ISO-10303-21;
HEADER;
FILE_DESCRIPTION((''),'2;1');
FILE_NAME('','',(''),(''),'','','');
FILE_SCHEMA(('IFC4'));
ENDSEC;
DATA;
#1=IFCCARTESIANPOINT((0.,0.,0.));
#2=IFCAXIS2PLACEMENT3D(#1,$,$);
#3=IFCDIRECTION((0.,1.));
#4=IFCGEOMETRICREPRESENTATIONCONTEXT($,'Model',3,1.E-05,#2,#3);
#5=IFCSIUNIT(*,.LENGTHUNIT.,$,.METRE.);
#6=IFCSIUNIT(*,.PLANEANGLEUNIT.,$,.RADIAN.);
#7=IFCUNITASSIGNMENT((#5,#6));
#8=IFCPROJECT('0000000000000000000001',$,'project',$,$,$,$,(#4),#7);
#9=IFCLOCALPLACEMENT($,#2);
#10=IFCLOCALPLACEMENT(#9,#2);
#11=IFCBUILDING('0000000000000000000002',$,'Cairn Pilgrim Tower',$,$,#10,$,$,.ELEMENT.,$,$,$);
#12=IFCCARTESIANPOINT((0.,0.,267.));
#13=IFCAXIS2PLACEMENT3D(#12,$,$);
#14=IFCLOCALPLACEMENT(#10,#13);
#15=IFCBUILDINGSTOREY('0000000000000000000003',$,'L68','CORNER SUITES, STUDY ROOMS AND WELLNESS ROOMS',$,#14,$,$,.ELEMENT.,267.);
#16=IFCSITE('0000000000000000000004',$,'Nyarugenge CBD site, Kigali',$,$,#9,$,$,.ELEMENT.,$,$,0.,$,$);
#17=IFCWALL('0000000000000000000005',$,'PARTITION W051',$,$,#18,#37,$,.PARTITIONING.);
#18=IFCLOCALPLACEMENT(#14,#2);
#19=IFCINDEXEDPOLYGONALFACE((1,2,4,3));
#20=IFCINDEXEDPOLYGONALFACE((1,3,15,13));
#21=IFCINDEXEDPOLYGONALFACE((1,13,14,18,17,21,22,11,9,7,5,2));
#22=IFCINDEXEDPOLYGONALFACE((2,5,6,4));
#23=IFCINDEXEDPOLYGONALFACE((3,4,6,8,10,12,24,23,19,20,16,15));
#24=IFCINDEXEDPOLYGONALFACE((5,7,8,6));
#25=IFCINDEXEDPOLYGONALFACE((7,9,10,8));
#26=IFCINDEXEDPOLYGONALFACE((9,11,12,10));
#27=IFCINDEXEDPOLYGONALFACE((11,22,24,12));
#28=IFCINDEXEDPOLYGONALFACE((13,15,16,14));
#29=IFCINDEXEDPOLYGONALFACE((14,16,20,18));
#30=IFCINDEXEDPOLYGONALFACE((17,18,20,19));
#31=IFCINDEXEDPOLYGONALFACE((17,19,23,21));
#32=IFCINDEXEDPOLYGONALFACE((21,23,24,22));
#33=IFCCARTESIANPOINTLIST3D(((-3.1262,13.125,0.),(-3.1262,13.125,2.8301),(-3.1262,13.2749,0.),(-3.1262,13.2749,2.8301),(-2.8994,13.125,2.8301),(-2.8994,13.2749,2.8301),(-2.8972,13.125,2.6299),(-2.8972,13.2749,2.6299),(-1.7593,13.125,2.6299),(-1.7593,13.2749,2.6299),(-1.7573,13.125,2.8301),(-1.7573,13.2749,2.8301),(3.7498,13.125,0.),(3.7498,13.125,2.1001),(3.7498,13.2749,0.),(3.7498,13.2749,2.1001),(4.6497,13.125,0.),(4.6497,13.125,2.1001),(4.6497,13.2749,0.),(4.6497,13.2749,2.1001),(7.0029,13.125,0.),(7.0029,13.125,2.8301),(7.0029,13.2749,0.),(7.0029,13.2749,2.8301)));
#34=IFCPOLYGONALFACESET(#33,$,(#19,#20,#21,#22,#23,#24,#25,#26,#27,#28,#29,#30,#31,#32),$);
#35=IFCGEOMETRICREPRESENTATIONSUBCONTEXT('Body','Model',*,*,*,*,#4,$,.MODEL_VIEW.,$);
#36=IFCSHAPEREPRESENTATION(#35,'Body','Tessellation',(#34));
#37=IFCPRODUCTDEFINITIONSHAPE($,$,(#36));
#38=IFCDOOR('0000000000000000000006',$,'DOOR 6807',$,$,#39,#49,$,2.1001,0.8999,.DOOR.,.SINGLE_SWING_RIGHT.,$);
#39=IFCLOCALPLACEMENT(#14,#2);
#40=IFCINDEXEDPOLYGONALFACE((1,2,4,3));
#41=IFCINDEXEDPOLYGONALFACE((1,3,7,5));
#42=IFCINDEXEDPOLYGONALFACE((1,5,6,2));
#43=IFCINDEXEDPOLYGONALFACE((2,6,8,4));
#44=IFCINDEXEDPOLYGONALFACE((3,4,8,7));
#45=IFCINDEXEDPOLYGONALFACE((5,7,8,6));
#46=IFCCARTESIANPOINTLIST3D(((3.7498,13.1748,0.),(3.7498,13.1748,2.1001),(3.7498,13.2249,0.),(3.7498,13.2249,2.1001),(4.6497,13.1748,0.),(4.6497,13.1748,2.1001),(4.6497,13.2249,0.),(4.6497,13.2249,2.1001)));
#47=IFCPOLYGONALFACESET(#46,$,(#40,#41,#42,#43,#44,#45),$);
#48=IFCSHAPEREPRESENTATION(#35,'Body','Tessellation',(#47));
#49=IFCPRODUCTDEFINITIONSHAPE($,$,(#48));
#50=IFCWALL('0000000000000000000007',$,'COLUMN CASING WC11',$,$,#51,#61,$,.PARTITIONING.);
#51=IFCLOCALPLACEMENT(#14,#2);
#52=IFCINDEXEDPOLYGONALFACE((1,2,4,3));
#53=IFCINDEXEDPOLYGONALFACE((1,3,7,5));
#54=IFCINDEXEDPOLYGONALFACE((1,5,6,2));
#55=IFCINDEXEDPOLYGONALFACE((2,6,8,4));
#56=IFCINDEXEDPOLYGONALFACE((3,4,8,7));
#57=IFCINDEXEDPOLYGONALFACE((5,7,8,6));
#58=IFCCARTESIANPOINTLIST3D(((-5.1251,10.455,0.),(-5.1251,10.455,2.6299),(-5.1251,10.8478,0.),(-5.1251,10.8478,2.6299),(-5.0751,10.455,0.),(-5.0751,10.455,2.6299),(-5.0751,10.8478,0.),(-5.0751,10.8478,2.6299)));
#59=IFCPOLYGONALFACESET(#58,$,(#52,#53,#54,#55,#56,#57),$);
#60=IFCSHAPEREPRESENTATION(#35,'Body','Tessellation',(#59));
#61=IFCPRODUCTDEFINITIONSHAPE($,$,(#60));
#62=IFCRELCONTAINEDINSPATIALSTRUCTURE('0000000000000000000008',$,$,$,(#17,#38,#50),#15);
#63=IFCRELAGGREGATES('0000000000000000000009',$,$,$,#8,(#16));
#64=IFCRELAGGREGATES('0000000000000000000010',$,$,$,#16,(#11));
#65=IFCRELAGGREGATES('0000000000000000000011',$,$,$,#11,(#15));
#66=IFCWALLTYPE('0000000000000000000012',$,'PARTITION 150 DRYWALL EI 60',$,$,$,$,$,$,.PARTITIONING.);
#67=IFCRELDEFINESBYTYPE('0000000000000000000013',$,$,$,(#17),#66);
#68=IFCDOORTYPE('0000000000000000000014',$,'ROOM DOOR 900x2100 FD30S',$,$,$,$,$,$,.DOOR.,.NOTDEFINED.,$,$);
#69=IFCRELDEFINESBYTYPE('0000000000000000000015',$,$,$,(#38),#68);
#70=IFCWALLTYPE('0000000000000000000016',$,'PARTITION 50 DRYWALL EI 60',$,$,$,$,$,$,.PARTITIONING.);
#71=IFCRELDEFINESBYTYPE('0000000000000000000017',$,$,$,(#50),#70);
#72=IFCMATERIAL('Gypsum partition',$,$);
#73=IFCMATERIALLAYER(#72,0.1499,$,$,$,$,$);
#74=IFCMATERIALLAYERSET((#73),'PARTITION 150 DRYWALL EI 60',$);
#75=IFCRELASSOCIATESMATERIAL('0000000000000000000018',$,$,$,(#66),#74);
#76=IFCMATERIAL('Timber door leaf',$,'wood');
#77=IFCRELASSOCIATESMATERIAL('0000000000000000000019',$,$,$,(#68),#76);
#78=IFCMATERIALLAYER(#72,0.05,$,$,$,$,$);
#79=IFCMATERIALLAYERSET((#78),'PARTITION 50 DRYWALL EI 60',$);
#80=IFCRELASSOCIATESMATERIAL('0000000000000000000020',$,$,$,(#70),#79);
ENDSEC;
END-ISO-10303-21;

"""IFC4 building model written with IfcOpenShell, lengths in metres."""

from ifc_helpers import new_model, si_unit, direction, frame, frame_2d, origin, place, context, subcontext, project, spatial, polyline, rectangle, outline, extrude, material, layer, layer_set, type_object, element, fill, save


model = new_model("IFC4")

# Units and contexts
model_context = context("Model", 3, precision=1e-05, world=origin(), true_north=direction((0.0, 1.0)))
body_context = subcontext(model_context, "Body", "Model", "MODEL_VIEW")
ifc_project = project(units=[si_unit("LENGTHUNIT", "METRE"), si_unit("PLANEANGLEUNIT", "RADIAN")], contexts=[model_context])

# Site, building, storey
site_placement = place(None, origin())
site = spatial("IfcSite", under=ifc_project, at=site_placement, Name="Nyarugenge CBD site, Kigali", CompositionType="ELEMENT", RefElevation=0.0)
building_placement = place(site_placement, origin())
building = spatial("IfcBuilding", under=site, at=building_placement, Name="Cairn Pilgrim Tower", CompositionType="ELEMENT")
storey_placement = place(building_placement, frame((0.0, 0.0, 267.0)))
storey = spatial("IfcBuildingStorey", under=building, at=storey_placement, Name="L68", Description="CORNER SUITES, STUDY ROOMS AND WELLNESS ROOMS", CompositionType="ELEMENT", Elevation=267.0)

# Shared definitions
ifc_material_1 = material(Name="Gypsum partition")
ifc_layer_1 = layer(ifc_material_1, 0.1499)
ifc_layer_set_1 = layer_set([ifc_layer_1], Name="PARTITION 150 DRYWALL EI 60")
wall_type_1 = type_object("IfcWallType", Name="PARTITION 150 DRYWALL EI 60", PredefinedType="PARTITIONING", material=ifc_layer_set_1)

# Wall, opening, door
wall_1_placement = place(storey_placement, frame((-3.1262, 13.2, 0.0), z_axis=(0.0, 0.0, 1.0), x_axis=(1.0, 0.0, 0.0)))
wall_1 = element("IfcWall", 1, at=wall_1_placement, inside=storey, type_object=wall_type_1, Name="PARTITION W051", PredefinedType="PARTITIONING", context=body_context, shape_type="SweptSolid", body=[
    extrude(outline(polyline([(0.0, 0.0), (10.1292, 0.0), (10.1292, 2.8301), (1.3689, 2.8301), (1.3669, 2.6299), (0.229, 2.6299), (0.2268, 2.8301), (0.0, 2.8301), (0.0, 0.0)])), frame((0.0, 0.075, 0.0), z_axis=(0.0, -1.0, 0.0), x_axis=(1.0, 0.0, 0.0)), (0.0, 0.0, 1.0), 0.1499),
])
opening_1_placement = place(wall_1_placement, frame((6.876, 0.0, 0.0)))
opening_1 = element("IfcOpeningElement", 2, at=opening_1_placement, cuts=wall_1, PredefinedType="OPENING", context=body_context, shape_type="SweptSolid", body=[
    extrude(rectangle(XDim=0.8999, YDim=2.1001, at=frame_2d((0.45, 1.05))), frame((0.0, 0.085, 0.0), z_axis=(0.0, -1.0, 0.0), x_axis=(1.0, 0.0, 0.0)), (0.0, 0.0, 1.0), 0.1699),
])
ifc_material_2 = material(Name="Timber door leaf", Category="wood")
door_type_1 = type_object("IfcDoorType", Name="ROOM DOOR 900x2100 FD30S", OperationType="NOTDEFINED", PredefinedType="DOOR", material=ifc_material_2)
door_1_placement = place(opening_1_placement, origin())
door_1 = element("IfcDoor", 3, at=door_1_placement, inside=storey, type_object=door_type_1, Name="DOOR 6807", OperationType="SINGLE_SWING_RIGHT", OverallHeight=2.1001, OverallWidth=0.8999, PredefinedType="DOOR", context=body_context, shape_type="SweptSolid", body=[
    extrude(rectangle(XDim=0.8999, YDim=2.1001, at=frame_2d((0.45, 1.05))), frame((0.0, 0.0249, 0.0), z_axis=(0.0, -1.0, 0.0), x_axis=(1.0, 0.0, 0.0)), (0.0, 0.0, 1.0), 0.05),
])
fill(opening_1, door_1)

# Wall
ifc_layer_2 = layer(ifc_material_1, 0.05)
ifc_layer_set_2 = layer_set([ifc_layer_2], Name="PARTITION 50 DRYWALL EI 60")
wall_type_2 = type_object("IfcWallType", Name="PARTITION 50 DRYWALL EI 60", PredefinedType="PARTITIONING", material=ifc_layer_set_2)
wall_2_placement = place(storey_placement, frame((-5.1001, 10.4551, 0.0), z_axis=(0.0, 0.0, 1.0), x_axis=(0.0, 1.0, 0.0)))
element("IfcWall", 4, at=wall_2_placement, inside=storey, type_object=wall_type_2, Name="COLUMN CASING WC11", PredefinedType="PARTITIONING", context=body_context, shape_type="SweptSolid", body=[
    extrude(rectangle(XDim=0.3928, YDim=0.05, at=frame_2d((0.1963, 0.0))), origin(), (0.0, 0.0, 1.0), 2.6299),
])

save(model, "model.ifc")
